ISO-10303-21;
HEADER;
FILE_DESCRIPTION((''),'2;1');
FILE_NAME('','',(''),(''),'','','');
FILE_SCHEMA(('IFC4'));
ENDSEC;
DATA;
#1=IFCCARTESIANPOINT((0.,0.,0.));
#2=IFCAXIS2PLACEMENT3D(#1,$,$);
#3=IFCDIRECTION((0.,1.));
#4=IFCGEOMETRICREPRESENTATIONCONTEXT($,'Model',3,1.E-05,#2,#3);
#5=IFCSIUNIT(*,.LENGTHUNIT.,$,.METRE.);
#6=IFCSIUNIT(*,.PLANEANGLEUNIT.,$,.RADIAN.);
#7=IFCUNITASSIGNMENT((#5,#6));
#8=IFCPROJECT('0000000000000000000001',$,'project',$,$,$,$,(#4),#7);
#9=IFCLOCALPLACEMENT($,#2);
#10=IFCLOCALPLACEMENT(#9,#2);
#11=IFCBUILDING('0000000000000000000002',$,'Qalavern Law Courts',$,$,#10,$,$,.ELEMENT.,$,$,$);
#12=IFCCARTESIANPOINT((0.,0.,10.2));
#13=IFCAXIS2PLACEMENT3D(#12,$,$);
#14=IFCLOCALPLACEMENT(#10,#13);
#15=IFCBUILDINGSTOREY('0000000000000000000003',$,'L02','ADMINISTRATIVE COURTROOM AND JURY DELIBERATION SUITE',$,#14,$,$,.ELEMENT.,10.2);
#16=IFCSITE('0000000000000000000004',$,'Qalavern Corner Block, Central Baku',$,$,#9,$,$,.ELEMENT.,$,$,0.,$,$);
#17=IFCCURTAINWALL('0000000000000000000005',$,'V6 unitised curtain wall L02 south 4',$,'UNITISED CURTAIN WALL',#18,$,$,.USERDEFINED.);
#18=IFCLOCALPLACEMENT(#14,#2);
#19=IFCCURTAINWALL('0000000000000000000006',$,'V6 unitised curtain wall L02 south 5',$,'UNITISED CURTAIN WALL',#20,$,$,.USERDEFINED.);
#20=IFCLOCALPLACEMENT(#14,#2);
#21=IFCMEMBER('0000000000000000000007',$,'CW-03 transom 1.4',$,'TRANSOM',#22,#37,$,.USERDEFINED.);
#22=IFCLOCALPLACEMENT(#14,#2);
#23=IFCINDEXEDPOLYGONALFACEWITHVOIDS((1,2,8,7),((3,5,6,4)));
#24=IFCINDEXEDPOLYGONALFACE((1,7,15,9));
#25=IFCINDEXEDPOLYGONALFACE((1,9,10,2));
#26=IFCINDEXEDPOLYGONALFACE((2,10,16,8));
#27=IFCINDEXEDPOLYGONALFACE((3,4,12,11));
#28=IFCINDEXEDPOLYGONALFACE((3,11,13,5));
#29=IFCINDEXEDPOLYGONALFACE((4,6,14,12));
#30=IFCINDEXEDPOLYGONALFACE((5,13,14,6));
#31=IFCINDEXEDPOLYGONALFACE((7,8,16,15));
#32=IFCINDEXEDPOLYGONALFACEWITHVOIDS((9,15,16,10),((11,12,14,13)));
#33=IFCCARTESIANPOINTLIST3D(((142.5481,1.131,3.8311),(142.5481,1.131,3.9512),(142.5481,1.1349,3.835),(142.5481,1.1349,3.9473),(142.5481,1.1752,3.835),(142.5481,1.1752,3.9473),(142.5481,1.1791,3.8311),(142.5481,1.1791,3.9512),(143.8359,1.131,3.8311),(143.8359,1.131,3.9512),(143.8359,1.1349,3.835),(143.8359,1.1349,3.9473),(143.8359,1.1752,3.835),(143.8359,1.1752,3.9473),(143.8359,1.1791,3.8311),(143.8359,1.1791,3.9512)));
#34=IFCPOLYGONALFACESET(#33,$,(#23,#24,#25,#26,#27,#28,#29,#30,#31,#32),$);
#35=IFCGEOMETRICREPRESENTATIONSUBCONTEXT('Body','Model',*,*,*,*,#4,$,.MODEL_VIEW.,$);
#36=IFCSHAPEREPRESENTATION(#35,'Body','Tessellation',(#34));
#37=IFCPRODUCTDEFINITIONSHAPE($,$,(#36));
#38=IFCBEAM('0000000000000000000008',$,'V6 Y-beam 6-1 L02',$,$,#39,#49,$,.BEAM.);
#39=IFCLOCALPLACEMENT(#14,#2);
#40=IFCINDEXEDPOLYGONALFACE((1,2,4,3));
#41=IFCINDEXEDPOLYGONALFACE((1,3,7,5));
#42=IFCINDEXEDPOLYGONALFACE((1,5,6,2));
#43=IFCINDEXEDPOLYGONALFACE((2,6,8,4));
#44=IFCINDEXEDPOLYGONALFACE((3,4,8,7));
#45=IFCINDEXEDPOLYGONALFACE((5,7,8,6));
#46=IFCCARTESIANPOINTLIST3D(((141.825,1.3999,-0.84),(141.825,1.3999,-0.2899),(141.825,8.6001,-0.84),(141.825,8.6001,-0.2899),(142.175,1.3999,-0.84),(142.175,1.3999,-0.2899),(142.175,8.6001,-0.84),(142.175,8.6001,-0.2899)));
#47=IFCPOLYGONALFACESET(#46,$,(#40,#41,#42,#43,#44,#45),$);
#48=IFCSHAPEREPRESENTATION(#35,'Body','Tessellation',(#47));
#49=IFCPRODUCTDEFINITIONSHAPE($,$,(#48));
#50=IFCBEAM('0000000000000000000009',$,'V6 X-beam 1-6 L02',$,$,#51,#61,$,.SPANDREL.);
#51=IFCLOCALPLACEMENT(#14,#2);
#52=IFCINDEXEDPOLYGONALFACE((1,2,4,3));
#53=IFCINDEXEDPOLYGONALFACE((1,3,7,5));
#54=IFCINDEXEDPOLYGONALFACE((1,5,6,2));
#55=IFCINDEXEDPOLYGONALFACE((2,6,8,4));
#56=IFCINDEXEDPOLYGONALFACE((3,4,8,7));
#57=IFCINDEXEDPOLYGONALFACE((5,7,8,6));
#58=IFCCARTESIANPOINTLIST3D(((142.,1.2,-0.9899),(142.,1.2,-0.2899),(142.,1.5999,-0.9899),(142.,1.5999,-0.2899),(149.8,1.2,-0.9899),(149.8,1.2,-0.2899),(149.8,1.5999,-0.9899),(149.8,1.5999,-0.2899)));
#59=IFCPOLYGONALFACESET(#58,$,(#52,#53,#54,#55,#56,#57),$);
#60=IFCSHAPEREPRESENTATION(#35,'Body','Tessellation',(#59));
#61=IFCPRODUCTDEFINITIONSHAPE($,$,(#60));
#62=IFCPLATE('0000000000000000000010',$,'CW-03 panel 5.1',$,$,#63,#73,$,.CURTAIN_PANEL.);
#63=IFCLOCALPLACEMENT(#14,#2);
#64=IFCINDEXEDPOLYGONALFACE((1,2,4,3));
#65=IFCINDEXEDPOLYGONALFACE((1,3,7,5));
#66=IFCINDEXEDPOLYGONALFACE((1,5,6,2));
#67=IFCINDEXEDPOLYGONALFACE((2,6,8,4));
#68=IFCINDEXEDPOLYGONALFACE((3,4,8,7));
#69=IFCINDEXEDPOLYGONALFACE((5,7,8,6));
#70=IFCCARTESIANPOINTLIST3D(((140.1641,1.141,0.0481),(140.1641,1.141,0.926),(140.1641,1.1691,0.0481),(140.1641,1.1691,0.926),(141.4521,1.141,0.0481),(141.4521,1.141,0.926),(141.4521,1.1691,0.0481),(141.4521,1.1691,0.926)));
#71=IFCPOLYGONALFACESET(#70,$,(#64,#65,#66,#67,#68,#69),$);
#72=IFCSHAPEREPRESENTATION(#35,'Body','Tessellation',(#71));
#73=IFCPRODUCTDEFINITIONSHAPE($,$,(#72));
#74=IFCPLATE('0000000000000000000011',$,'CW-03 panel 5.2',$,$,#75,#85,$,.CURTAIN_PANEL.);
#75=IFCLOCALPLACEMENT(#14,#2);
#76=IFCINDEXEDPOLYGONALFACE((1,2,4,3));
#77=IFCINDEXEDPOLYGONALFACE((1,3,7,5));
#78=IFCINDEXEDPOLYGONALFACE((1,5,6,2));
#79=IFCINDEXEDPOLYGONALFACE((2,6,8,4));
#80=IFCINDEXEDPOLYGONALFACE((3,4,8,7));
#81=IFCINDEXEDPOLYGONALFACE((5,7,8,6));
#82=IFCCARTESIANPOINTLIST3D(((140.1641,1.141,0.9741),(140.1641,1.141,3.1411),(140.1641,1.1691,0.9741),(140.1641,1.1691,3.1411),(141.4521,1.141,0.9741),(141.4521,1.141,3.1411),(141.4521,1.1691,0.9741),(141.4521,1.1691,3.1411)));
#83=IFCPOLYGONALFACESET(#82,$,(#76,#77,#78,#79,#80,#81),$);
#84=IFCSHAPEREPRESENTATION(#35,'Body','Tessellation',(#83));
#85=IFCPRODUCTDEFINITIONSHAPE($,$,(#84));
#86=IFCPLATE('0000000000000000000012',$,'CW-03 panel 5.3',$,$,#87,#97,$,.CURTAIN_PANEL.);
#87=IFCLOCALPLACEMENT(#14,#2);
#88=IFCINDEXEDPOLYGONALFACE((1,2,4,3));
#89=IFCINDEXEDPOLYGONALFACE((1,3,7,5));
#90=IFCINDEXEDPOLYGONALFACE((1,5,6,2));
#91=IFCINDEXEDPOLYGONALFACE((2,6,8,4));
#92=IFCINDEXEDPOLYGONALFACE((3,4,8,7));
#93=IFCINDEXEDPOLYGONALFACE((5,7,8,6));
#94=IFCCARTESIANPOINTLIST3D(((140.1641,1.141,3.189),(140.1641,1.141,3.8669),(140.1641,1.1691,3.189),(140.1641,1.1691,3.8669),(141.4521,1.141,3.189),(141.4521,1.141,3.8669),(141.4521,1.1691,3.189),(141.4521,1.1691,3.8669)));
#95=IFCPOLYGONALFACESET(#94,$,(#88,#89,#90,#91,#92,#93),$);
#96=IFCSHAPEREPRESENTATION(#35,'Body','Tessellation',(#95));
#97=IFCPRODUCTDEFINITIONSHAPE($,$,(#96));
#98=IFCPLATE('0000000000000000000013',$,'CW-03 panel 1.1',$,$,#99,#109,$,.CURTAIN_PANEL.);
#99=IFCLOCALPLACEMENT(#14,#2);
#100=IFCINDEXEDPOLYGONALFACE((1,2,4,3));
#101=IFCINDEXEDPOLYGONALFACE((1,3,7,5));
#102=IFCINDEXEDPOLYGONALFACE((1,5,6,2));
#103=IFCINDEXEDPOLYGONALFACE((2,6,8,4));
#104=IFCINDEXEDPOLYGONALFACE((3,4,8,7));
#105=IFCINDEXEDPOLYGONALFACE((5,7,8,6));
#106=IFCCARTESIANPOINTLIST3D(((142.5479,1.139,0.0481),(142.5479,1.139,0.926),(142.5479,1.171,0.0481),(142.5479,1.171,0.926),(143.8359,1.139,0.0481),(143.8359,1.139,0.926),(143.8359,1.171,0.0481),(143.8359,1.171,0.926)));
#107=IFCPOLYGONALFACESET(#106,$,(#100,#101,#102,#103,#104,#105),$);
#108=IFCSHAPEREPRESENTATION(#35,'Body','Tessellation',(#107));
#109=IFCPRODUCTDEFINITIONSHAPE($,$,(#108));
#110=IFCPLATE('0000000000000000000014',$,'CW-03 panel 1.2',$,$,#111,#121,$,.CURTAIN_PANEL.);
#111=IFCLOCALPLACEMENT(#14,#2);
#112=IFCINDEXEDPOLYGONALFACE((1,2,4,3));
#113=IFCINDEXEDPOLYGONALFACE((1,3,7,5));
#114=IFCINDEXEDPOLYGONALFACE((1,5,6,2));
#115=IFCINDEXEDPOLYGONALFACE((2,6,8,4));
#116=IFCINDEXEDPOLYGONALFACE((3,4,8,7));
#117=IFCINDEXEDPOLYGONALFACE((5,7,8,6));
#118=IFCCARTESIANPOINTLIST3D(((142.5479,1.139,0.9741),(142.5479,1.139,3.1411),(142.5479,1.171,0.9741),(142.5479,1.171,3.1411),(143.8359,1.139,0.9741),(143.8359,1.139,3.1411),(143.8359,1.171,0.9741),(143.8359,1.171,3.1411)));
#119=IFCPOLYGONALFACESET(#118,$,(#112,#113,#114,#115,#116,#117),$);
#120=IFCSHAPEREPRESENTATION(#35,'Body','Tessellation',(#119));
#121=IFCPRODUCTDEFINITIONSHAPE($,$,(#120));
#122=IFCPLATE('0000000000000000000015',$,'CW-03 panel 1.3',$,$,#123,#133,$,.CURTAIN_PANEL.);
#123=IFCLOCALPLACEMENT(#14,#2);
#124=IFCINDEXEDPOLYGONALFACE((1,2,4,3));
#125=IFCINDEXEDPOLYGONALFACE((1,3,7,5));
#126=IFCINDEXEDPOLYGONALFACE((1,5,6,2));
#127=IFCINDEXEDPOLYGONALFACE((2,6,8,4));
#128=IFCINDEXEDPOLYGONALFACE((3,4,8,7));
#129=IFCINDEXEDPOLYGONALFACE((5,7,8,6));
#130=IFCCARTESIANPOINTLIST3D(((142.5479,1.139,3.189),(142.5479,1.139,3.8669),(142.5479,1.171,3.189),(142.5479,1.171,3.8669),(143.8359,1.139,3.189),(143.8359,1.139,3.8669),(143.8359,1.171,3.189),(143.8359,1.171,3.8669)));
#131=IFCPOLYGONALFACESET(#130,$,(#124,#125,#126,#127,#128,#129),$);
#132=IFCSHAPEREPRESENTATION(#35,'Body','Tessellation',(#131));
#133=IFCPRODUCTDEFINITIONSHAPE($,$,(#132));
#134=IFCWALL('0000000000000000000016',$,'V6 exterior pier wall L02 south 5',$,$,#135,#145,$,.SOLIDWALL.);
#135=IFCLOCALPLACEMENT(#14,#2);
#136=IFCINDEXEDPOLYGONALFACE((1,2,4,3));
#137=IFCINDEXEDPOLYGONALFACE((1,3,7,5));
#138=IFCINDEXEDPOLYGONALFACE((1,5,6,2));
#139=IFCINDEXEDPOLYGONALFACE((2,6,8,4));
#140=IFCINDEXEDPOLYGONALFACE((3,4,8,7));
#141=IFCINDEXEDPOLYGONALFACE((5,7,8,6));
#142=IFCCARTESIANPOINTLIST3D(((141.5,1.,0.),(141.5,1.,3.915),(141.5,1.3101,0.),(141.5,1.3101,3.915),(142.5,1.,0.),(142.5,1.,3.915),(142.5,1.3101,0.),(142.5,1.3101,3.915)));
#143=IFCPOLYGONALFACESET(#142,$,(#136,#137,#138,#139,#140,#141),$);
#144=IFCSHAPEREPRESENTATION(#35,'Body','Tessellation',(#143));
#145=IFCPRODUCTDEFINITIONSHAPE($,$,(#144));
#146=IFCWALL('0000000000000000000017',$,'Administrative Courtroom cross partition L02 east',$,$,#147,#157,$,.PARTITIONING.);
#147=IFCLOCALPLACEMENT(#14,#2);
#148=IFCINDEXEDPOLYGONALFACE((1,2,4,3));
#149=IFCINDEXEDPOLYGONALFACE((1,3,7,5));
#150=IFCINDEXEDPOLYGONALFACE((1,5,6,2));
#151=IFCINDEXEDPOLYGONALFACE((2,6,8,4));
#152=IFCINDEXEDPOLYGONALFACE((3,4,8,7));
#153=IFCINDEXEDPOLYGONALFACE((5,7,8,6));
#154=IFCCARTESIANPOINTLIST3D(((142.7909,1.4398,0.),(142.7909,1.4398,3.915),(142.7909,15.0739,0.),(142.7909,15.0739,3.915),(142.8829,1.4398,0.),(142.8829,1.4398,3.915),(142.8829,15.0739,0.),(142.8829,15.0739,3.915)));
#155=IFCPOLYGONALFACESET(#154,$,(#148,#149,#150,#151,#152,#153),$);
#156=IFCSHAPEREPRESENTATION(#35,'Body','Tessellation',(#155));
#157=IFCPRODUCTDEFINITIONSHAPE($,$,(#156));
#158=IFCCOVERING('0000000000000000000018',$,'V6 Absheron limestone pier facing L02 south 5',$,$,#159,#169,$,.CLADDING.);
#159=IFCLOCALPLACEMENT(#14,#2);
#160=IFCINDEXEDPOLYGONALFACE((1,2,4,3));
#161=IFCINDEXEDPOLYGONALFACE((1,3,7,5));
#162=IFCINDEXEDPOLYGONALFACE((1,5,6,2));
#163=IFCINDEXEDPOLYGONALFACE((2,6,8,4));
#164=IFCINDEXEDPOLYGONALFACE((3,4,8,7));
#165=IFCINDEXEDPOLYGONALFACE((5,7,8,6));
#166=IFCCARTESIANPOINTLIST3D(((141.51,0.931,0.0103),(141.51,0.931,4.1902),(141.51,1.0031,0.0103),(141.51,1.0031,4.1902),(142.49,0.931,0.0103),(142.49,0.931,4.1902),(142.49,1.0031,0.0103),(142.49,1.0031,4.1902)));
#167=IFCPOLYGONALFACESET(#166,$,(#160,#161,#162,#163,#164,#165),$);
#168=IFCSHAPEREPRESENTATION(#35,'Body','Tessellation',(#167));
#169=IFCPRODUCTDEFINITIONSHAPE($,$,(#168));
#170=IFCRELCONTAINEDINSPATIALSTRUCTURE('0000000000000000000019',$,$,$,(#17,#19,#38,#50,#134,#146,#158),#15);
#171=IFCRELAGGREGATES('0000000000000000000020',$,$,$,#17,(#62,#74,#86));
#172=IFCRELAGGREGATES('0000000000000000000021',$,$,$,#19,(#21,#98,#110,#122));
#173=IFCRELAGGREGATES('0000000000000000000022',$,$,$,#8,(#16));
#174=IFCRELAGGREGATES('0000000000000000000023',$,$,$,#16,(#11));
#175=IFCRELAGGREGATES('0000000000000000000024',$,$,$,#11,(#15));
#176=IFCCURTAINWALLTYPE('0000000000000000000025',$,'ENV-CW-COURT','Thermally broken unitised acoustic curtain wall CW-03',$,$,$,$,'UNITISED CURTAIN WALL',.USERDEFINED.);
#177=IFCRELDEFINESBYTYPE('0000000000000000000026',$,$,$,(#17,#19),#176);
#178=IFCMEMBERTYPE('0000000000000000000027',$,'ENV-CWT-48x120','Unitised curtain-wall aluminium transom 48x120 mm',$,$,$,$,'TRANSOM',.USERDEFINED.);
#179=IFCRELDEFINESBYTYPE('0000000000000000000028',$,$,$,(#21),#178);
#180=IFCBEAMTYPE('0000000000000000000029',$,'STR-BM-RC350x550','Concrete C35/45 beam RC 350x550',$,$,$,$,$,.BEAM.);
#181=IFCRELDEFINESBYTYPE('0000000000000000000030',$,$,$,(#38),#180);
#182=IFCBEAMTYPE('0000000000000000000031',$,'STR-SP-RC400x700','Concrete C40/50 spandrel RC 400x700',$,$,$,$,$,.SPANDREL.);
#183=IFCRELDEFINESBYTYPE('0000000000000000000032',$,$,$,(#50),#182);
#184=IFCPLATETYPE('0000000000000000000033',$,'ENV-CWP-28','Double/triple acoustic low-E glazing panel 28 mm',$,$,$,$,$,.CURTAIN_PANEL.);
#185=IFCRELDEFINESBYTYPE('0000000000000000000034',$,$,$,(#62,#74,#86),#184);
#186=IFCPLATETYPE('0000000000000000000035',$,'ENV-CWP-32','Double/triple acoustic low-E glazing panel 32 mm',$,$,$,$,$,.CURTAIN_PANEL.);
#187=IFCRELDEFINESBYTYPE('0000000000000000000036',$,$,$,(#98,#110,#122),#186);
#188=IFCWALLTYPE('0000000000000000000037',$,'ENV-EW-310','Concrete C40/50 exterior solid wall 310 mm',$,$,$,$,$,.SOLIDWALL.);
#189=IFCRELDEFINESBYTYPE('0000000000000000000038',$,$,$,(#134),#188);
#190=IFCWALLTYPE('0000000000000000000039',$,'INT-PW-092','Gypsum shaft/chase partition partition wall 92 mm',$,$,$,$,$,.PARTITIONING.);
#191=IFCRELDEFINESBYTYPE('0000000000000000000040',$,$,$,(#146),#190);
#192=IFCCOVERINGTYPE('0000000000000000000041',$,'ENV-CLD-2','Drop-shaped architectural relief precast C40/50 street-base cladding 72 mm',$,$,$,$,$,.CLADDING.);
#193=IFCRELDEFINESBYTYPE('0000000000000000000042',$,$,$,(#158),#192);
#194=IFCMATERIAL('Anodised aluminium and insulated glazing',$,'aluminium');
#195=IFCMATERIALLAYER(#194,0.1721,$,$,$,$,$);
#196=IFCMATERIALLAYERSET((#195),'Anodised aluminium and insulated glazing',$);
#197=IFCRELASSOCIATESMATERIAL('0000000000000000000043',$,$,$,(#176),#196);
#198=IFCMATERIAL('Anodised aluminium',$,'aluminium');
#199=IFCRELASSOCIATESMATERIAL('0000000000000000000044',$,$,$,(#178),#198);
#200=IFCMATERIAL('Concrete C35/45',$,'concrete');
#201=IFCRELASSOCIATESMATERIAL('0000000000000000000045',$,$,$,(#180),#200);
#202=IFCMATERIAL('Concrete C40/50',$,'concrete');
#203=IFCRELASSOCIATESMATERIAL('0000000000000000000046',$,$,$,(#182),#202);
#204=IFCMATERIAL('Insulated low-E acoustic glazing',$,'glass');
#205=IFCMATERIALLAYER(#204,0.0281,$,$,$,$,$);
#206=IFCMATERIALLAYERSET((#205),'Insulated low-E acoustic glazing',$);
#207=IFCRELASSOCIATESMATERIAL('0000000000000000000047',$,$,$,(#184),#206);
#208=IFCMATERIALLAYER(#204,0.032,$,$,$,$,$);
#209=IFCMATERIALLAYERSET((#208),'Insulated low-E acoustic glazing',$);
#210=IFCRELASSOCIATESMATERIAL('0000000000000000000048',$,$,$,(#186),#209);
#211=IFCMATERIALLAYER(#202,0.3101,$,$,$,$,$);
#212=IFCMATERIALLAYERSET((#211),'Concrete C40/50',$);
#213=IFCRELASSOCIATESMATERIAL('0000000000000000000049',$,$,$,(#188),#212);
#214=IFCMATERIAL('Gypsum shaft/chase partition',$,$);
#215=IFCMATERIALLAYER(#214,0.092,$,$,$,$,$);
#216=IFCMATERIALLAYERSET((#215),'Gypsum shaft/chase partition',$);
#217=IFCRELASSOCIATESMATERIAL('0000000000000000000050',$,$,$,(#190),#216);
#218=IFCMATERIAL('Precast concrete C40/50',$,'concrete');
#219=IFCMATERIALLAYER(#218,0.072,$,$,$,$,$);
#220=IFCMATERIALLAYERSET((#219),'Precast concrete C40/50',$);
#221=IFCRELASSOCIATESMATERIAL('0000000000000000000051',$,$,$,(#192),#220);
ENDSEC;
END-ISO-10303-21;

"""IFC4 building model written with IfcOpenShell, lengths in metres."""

from ifc_helpers import new_model, si_unit, direction, frame, frame_2d, origin, origin_2d, place, context, subcontext, project, spatial, rectangle, hollow_rectangle, extrude, material, layer, layer_set, material_profile, profile_set, type_object, element, aggregate, save


model = new_model("IFC4")

# Units and contexts
model_context = context("Model", 3, precision=1e-05, world=origin(), true_north=direction((0.0, 1.0)))
body_context = subcontext(model_context, "Body", "Model", "MODEL_VIEW")
ifc_project = project(units=[si_unit("LENGTHUNIT", "METRE"), si_unit("PLANEANGLEUNIT", "RADIAN")], contexts=[model_context])

# Site, building, storey
site_placement = place(None, origin())
site = spatial("IfcSite", under=ifc_project, at=site_placement, Name="Qalavern Corner Block, Central Baku", CompositionType="ELEMENT", RefElevation=0.0)
building_placement = place(site_placement, origin())
building = spatial("IfcBuilding", under=site, at=building_placement, Name="Qalavern Law Courts", CompositionType="ELEMENT")
storey_placement = place(building_placement, frame((0.0, 0.0, 10.2)))
storey = spatial("IfcBuildingStorey", under=building, at=storey_placement, Name="L02", Description="ADMINISTRATIVE COURTROOM AND JURY DELIBERATION SUITE", CompositionType="ELEMENT", Elevation=10.2)

# Curtain wall
ifc_material_1 = material(Name="Anodised aluminium and insulated glazing", Category="aluminium")
ifc_layer_1 = layer(ifc_material_1, 0.1721)
ifc_layer_set_1 = layer_set([ifc_layer_1], Name="Anodised aluminium and insulated glazing")
curtain_wall_type = type_object("IfcCurtainWallType", Name="ENV-CW-COURT", Description="Thermally broken unitised acoustic curtain wall CW-03", ElementType="UNITISED CURTAIN WALL", PredefinedType="USERDEFINED", material=ifc_layer_set_1)
curtain_wall_1_placement = place(storey_placement, origin())
curtain_wall_1 = element("IfcCurtainWall", 1, at=curtain_wall_1_placement, inside=storey, type_object=curtain_wall_type, Name="V6 unitised curtain wall L02 south 4", ObjectType="UNITISED CURTAIN WALL", PredefinedType="USERDEFINED")
ifc_material_2 = material(Name="Anodised aluminium", Category="aluminium")

# Curtain wall
curtain_wall_2_placement = place(storey_placement, origin())
curtain_wall_2 = element("IfcCurtainWall", 2, at=curtain_wall_2_placement, inside=storey, type_object=curtain_wall_type, Name="V6 unitised curtain wall L02 south 5", ObjectType="UNITISED CURTAIN WALL", PredefinedType="USERDEFINED")

# Member
ifc_material_profile_1 = material_profile(ifc_material_2, hollow_rectangle(XDim=0.0481, YDim=0.1201, WallThickness=0.0039, at=origin_2d()), Name="ALU TRANSOM 48x120")
ifc_profile_set_1 = profile_set([ifc_material_profile_1], Name="Anodised aluminium")
member_type_1 = type_object("IfcMemberType", Name="ENV-CWT-48x120", Description="Unitised curtain-wall aluminium transom 48x120 mm", ElementType="TRANSOM", PredefinedType="USERDEFINED", material=ifc_profile_set_1)
member_1_placement = place(storey_placement, frame((142.5481, 1.155, 3.8911), z_axis=(1.0, 0.0, 0.0), x_axis=(0.0, 1.0, 0.0)))
member_1 = element("IfcMember", 3, at=member_1_placement, type_object=member_type_1, Name="CW-03 transom 1.4", ObjectType="TRANSOM", PredefinedType="USERDEFINED", context=body_context, shape_type="SweptSolid", body=[
    extrude(hollow_rectangle(XDim=0.0481, YDim=0.1201, WallThickness=0.0039, at=origin_2d()), origin(), (0.0, 0.0, 1.0), 1.2878),
])

# Beams
ifc_material_3 = material(Name="Concrete C35/45", Category="concrete")
ifc_material_profile_2 = material_profile(ifc_material_3, rectangle(XDim=0.3501, YDim=0.55, at=origin_2d()), Name="RC 350x550")
ifc_profile_set_2 = profile_set([ifc_material_profile_2], Name="Concrete C35/45")
beam_type_1 = type_object("IfcBeamType", Name="STR-BM-RC350x550", Description="Concrete C35/45 beam RC 350x550", PredefinedType="BEAM", material=ifc_profile_set_2)
beam_1_placement = place(storey_placement, frame((142.0, 1.3999, -0.5649), z_axis=(0.0, 1.0, 0.0), x_axis=(-1.0, 0.0, 0.0)))
element("IfcBeam", 4, at=beam_1_placement, inside=storey, type_object=beam_type_1, Name="V6 Y-beam 6-1 L02", PredefinedType="BEAM", context=body_context, shape_type="SweptSolid", body=[
    extrude(rectangle(XDim=0.3501, YDim=0.55, at=origin_2d()), origin(), (0.0, 0.0, 1.0), 7.2002),
])
ifc_material_4 = material(Name="Concrete C40/50", Category="concrete")
ifc_material_profile_3 = material_profile(ifc_material_4, rectangle(XDim=0.3999, YDim=0.7, at=origin_2d()), Name="RC 400x700")
ifc_profile_set_3 = profile_set([ifc_material_profile_3], Name="Concrete C40/50")
beam_type_2 = type_object("IfcBeamType", Name="STR-SP-RC400x700", Description="Concrete C40/50 spandrel RC 400x700", PredefinedType="SPANDREL", material=ifc_profile_set_3)
beam_2_placement = place(storey_placement, frame((142.0, 1.3999, -0.6399), z_axis=(1.0, 0.0, 0.0), x_axis=(0.0, 1.0, 0.0)))
element("IfcBeam", 5, at=beam_2_placement, inside=storey, type_object=beam_type_2, Name="V6 X-beam 1-6 L02", PredefinedType="SPANDREL", context=body_context, shape_type="SweptSolid", body=[
    extrude(rectangle(XDim=0.3999, YDim=0.7, at=origin_2d()), origin(), (0.0, 0.0, 1.0), 7.8),
])

# Plates
ifc_material_5 = material(Name="Insulated low-E acoustic glazing", Category="glass")
ifc_layer_2 = layer(ifc_material_5, 0.0281)
ifc_layer_set_2 = layer_set([ifc_layer_2], Name="Insulated low-E acoustic glazing")
plate_type_1 = type_object("IfcPlateType", Name="ENV-CWP-28", Description="Double/triple acoustic low-E glazing panel 28 mm", PredefinedType="CURTAIN_PANEL", material=ifc_layer_set_2)
plate_1_placement = place(storey_placement, frame((140.8081, 1.155, 0.0481), z_axis=(0.0, 0.0, 1.0), x_axis=(1.0, 0.0, 0.0)))
plate_1 = element("IfcPlate", 6, at=plate_1_placement, type_object=plate_type_1, Name="CW-03 panel 5.1", PredefinedType="CURTAIN_PANEL", context=body_context, shape_type="SweptSolid", body=[
    extrude(rectangle(XDim=1.2881, YDim=0.0281, at=origin_2d()), origin(), (0.0, 0.0, 1.0), 0.8779),
])
plate_2_placement = place(storey_placement, frame((140.8081, 1.155, 0.9741), z_axis=(0.0, 0.0, 1.0), x_axis=(1.0, 0.0, 0.0)))
plate_2 = element("IfcPlate", 7, at=plate_2_placement, type_object=plate_type_1, Name="CW-03 panel 5.2", PredefinedType="CURTAIN_PANEL", context=body_context, shape_type="SweptSolid", body=[
    extrude(rectangle(XDim=1.2881, YDim=0.0281, at=origin_2d()), origin(), (0.0, 0.0, 1.0), 2.167),
])
plate_3_placement = place(storey_placement, frame((140.8081, 1.155, 3.189), z_axis=(0.0, 0.0, 1.0), x_axis=(1.0, 0.0, 0.0)))
plate_3 = element("IfcPlate", 8, at=plate_3_placement, type_object=plate_type_1, Name="CW-03 panel 5.3", PredefinedType="CURTAIN_PANEL", context=body_context, shape_type="SweptSolid", body=[
    extrude(rectangle(XDim=1.2881, YDim=0.0281, at=origin_2d()), origin(), (0.0, 0.0, 1.0), 0.678),
])
aggregate(curtain_wall_1, [plate_1, plate_2, plate_3])
ifc_layer_3 = layer(ifc_material_5, 0.032)
ifc_layer_set_3 = layer_set([ifc_layer_3], Name="Insulated low-E acoustic glazing")
plate_type_2 = type_object("IfcPlateType", Name="ENV-CWP-32", Description="Double/triple acoustic low-E glazing panel 32 mm", PredefinedType="CURTAIN_PANEL", material=ifc_layer_set_3)
plate_4_placement = place(storey_placement, frame((143.1919, 1.155, 0.0481), z_axis=(0.0, 0.0, 1.0), x_axis=(1.0, 0.0, 0.0)))
plate_4 = element("IfcPlate", 9, at=plate_4_placement, type_object=plate_type_2, Name="CW-03 panel 1.1", PredefinedType="CURTAIN_PANEL", context=body_context, shape_type="SweptSolid", body=[
    extrude(rectangle(XDim=1.2881, YDim=0.032, at=origin_2d()), origin(), (0.0, 0.0, 1.0), 0.8779),
])
plate_5_placement = place(storey_placement, frame((143.1919, 1.155, 0.9741), z_axis=(0.0, 0.0, 1.0), x_axis=(1.0, 0.0, 0.0)))
plate_5 = element("IfcPlate", 10, at=plate_5_placement, type_object=plate_type_2, Name="CW-03 panel 1.2", PredefinedType="CURTAIN_PANEL", context=body_context, shape_type="SweptSolid", body=[
    extrude(rectangle(XDim=1.2881, YDim=0.032, at=origin_2d()), origin(), (0.0, 0.0, 1.0), 2.167),
])
plate_6_placement = place(storey_placement, frame((143.1919, 1.155, 3.189), z_axis=(0.0, 0.0, 1.0), x_axis=(1.0, 0.0, 0.0)))
plate_6 = element("IfcPlate", 11, at=plate_6_placement, type_object=plate_type_2, Name="CW-03 panel 1.3", PredefinedType="CURTAIN_PANEL", context=body_context, shape_type="SweptSolid", body=[
    extrude(rectangle(XDim=1.2881, YDim=0.032, at=origin_2d()), origin(), (0.0, 0.0, 1.0), 0.678),
])
aggregate(curtain_wall_2, [member_1, plate_4, plate_5, plate_6])

# Walls
ifc_layer_4 = layer(ifc_material_4, 0.3101)
ifc_layer_set_4 = layer_set([ifc_layer_4], Name="Concrete C40/50")
wall_type_1 = type_object("IfcWallType", Name="ENV-EW-310", Description="Concrete C40/50 exterior solid wall 310 mm", PredefinedType="SOLIDWALL", material=ifc_layer_set_4)
wall_1_placement = place(storey_placement, frame((141.5, 1.155, 0.0), z_axis=(0.0, 0.0, 1.0), x_axis=(1.0, 0.0, 0.0)))
element("IfcWall", 12, at=wall_1_placement, inside=storey, type_object=wall_type_1, Name="V6 exterior pier wall L02 south 5", PredefinedType="SOLIDWALL", context=body_context, shape_type="SweptSolid", body=[
    extrude(rectangle(XDim=1.0, YDim=0.3101, at=frame_2d((0.5, 0.0))), origin(), (0.0, 0.0, 1.0), 3.915),
])
ifc_material_6 = material(Name="Gypsum shaft/chase partition")
ifc_layer_5 = layer(ifc_material_6, 0.092)
ifc_layer_set_5 = layer_set([ifc_layer_5], Name="Gypsum shaft/chase partition")
wall_type_2 = type_object("IfcWallType", Name="INT-PW-092", Description="Gypsum shaft/chase partition partition wall 92 mm", PredefinedType="PARTITIONING", material=ifc_layer_set_5)
wall_2_placement = place(storey_placement, frame((142.8369, 1.4399, 0.0), z_axis=(0.0, 0.0, 1.0), x_axis=(0.0, 1.0, 0.0)))
element("IfcWall", 13, at=wall_2_placement, inside=storey, type_object=wall_type_2, Name="Administrative Courtroom cross partition L02 east", PredefinedType="PARTITIONING", context=body_context, shape_type="SweptSolid", body=[
    extrude(rectangle(XDim=13.634, YDim=0.092, at=frame_2d((6.8169, 0.0))), origin(), (0.0, 0.0, 1.0), 3.915),
])

# Covering
ifc_material_7 = material(Name="Precast concrete C40/50", Category="concrete")
ifc_layer_6 = layer(ifc_material_7, 0.072)
ifc_layer_set_6 = layer_set([ifc_layer_6], Name="Precast concrete C40/50")
covering_type = type_object("IfcCoveringType", Name="ENV-CLD-2", Description="Drop-shaped architectural relief precast C40/50 street-base cladding 72 mm", PredefinedType="CLADDING", material=ifc_layer_set_6)
covering_placement = place(storey_placement, frame((142.0, 0.967, 0.0103), z_axis=(0.0, 0.0, 1.0), x_axis=(1.0, 0.0, 0.0)))
element("IfcCovering", 14, at=covering_placement, inside=storey, type_object=covering_type, Name="V6 Absheron limestone pier facing L02 south 5", PredefinedType="CLADDING", context=body_context, shape_type="SweptSolid", body=[
    extrude(rectangle(XDim=0.98, YDim=0.072, at=origin_2d()), origin(), (0.0, 0.0, 1.0), 4.1799),
])

save(model, "model.ifc")
